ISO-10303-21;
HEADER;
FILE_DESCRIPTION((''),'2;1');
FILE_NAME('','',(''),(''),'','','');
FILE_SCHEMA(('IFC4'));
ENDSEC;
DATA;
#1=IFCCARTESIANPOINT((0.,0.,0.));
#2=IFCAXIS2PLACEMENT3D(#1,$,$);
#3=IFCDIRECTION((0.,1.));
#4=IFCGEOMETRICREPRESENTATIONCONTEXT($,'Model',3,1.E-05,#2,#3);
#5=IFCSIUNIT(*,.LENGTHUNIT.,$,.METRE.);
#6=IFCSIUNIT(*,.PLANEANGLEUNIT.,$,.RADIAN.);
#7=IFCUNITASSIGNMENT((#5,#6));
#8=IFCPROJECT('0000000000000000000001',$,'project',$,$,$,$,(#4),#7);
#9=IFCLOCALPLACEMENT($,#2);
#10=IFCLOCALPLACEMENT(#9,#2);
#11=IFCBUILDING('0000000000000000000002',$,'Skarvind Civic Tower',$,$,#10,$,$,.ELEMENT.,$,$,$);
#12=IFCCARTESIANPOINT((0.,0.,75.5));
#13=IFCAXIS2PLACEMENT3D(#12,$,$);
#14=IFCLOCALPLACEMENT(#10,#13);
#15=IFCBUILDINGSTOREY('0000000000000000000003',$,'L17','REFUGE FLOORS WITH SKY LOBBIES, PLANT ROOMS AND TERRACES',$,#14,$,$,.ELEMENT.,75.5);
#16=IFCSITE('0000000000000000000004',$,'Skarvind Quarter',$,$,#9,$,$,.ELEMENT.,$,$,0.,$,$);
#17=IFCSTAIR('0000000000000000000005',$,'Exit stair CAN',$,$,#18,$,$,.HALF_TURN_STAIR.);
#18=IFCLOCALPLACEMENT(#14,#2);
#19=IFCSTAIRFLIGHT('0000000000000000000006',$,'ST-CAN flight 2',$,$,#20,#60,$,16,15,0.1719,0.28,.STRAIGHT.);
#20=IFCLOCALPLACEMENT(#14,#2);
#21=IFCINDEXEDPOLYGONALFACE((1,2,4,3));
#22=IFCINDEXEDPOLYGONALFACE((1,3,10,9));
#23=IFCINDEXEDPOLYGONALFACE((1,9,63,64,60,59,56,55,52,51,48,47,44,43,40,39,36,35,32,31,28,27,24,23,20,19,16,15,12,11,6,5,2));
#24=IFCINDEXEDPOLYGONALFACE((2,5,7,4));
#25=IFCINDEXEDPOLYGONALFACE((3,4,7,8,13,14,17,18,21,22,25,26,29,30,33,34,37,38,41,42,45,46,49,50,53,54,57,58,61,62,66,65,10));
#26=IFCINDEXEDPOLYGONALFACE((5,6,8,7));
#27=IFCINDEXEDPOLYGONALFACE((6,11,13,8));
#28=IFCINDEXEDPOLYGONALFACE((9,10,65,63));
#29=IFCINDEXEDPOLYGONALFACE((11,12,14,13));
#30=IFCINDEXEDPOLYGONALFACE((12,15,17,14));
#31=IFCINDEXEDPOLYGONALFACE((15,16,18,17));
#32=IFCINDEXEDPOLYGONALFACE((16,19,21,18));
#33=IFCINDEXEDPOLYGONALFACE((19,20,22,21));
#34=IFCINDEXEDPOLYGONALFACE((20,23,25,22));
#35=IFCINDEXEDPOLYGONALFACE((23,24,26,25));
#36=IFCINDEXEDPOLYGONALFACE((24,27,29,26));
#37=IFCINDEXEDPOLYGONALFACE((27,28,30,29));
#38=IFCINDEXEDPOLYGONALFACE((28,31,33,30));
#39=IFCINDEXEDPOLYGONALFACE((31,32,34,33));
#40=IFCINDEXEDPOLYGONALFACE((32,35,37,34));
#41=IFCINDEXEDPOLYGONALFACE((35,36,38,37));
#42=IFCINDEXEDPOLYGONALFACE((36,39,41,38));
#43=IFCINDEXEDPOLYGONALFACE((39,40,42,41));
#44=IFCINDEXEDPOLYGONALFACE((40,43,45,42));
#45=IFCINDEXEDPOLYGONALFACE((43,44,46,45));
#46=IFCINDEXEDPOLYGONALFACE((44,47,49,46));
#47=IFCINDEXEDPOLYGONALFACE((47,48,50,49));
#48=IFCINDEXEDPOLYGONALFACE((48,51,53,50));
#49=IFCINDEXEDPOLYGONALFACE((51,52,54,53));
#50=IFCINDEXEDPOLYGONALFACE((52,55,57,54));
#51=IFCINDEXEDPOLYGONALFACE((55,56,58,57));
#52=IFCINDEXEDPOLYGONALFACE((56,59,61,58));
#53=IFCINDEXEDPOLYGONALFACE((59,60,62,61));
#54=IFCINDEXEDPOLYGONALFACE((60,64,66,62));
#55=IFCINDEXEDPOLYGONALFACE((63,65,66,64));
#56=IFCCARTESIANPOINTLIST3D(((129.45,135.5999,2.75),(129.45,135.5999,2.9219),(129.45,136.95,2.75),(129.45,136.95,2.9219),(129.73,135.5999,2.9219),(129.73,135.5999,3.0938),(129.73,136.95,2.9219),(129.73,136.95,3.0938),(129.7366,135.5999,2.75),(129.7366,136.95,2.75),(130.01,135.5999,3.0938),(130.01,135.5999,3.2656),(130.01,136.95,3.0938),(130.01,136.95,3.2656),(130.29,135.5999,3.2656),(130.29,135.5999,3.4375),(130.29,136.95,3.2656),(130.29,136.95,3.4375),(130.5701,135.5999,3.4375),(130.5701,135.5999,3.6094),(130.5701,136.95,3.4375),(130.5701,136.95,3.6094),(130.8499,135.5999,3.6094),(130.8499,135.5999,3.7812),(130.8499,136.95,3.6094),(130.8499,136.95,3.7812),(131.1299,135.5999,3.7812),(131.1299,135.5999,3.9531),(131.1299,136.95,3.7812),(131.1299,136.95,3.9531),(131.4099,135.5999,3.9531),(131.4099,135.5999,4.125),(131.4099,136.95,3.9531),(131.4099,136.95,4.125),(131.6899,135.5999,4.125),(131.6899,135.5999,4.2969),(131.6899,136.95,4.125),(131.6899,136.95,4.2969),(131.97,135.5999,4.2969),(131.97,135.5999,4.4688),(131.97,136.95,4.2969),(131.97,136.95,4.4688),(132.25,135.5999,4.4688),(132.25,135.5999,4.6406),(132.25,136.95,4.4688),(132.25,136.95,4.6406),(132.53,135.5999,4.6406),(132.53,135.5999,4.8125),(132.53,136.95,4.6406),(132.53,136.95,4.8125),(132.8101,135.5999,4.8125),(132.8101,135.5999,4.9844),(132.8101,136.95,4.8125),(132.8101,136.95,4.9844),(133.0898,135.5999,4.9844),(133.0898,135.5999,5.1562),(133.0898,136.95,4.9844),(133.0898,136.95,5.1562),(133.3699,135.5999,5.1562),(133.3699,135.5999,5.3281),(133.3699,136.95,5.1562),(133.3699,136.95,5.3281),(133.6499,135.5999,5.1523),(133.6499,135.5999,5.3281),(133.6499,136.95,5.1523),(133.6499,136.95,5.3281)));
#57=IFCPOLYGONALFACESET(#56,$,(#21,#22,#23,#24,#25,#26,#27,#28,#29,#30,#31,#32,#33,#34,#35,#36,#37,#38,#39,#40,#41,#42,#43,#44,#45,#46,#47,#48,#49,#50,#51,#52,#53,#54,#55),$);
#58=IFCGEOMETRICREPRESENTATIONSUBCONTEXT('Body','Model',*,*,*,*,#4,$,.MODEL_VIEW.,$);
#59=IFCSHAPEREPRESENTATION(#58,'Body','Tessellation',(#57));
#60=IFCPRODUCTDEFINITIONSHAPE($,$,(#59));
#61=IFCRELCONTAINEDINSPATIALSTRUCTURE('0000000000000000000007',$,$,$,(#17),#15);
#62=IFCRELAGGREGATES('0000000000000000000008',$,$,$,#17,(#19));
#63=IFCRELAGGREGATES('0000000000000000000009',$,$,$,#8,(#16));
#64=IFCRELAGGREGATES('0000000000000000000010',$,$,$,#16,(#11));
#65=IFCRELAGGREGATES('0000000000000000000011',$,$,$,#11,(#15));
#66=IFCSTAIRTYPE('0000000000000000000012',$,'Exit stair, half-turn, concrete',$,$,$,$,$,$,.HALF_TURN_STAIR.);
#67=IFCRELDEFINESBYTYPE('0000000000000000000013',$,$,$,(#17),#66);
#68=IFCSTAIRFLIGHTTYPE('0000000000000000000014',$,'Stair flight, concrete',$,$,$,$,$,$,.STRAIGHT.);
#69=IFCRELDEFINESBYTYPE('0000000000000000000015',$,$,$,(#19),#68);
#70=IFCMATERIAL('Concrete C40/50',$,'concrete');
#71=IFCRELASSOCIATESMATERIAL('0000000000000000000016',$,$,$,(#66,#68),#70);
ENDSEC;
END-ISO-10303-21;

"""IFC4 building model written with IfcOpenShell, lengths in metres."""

from ifc_helpers import new_model, si_unit, direction, frame, origin, place, context, subcontext, project, spatial, polyline, outline, extrude, material, type_object, element, aggregate, save


model = new_model("IFC4")

# Units and contexts
model_context = context("Model", 3, precision=1e-05, world=origin(), true_north=direction((0.0, 1.0)))
body_context = subcontext(model_context, "Body", "Model", "MODEL_VIEW")
ifc_project = project(units=[si_unit("LENGTHUNIT", "METRE"), si_unit("PLANEANGLEUNIT", "RADIAN")], contexts=[model_context])

# Site, building, storey
site_placement = place(None, origin())
site = spatial("IfcSite", under=ifc_project, at=site_placement, Name="Skarvind Quarter", CompositionType="ELEMENT", RefElevation=0.0)
building_placement = place(site_placement, origin())
building = spatial("IfcBuilding", under=site, at=building_placement, Name="Skarvind Civic Tower", CompositionType="ELEMENT")
storey_placement = place(building_placement, frame((0.0, 0.0, 75.5)))
storey = spatial("IfcBuildingStorey", under=building, at=storey_placement, Name="L17", Description="REFUGE FLOORS WITH SKY LOBBIES, PLANT ROOMS AND TERRACES", CompositionType="ELEMENT", Elevation=75.5)

# Stair, stair flight
ifc_material_1 = material(Name="Concrete C40/50", Category="concrete")
stair_type = type_object("IfcStairType", Name="Exit stair, half-turn, concrete", PredefinedType="HALF_TURN_STAIR", material=ifc_material_1)
stair_placement = place(storey_placement, origin())
stair = element("IfcStair", 1, at=stair_placement, inside=storey, type_object=stair_type, Name="Exit stair CAN", PredefinedType="HALF_TURN_STAIR")
stair_flight_type = type_object("IfcStairFlightType", Name="Stair flight, concrete", PredefinedType="STRAIGHT", material=ifc_material_1)
stair_flight_placement = place(storey_placement, frame((129.45, 136.2749, 2.75), z_axis=(0.0, 0.0, 1.0), x_axis=(1.0, 0.0, 0.0)))
stair_flight = element("IfcStairFlight", 2, at=stair_flight_placement, type_object=stair_flight_type, Name="ST-CAN flight 2", NumberOfRisers=16, NumberOfTreads=15, PredefinedType="STRAIGHT", RiserHeight=0.1719, TreadLength=0.28, context=body_context, shape_type="SweptSolid", body=[
    extrude(outline(polyline([(0.0, 0.0), (0.0, 0.1719), (0.28, 0.1719), (0.28, 0.3438), (0.5601, 0.3438), (0.5601, 0.5156), (0.8401, 0.5156), (0.8401, 0.6875), (1.1201, 0.6875), (1.1201, 0.8594), (1.3999, 0.8594), (1.3999, 1.0312), (1.6799, 1.0312), (1.6799, 1.2031), (1.96, 1.2031), (1.96, 1.375), (2.24, 1.375), (2.24, 1.5469), (2.52, 1.5469), (2.52, 1.7188), (2.8, 1.7188), (2.8, 1.8906), (3.0801, 1.8906), (3.0801, 2.0625), (3.3601, 2.0625), (3.3601, 2.2344), (3.6399, 2.2344), (3.6399, 2.4062), (3.9199, 2.4062), (3.9199, 2.5781), (4.2, 2.5781), (4.2, 2.75), (4.2, 2.4023), (0.2866, 0.0), (0.0, 0.0)])), frame((0.0, 0.675, 0.0), z_axis=(0.0, -1.0, 0.0), x_axis=(1.0, 0.0, 0.0)), (0.0, 0.0, 1.0), 1.3501),
])
aggregate(stair, [stair_flight])

save(model, "model.ifc")
